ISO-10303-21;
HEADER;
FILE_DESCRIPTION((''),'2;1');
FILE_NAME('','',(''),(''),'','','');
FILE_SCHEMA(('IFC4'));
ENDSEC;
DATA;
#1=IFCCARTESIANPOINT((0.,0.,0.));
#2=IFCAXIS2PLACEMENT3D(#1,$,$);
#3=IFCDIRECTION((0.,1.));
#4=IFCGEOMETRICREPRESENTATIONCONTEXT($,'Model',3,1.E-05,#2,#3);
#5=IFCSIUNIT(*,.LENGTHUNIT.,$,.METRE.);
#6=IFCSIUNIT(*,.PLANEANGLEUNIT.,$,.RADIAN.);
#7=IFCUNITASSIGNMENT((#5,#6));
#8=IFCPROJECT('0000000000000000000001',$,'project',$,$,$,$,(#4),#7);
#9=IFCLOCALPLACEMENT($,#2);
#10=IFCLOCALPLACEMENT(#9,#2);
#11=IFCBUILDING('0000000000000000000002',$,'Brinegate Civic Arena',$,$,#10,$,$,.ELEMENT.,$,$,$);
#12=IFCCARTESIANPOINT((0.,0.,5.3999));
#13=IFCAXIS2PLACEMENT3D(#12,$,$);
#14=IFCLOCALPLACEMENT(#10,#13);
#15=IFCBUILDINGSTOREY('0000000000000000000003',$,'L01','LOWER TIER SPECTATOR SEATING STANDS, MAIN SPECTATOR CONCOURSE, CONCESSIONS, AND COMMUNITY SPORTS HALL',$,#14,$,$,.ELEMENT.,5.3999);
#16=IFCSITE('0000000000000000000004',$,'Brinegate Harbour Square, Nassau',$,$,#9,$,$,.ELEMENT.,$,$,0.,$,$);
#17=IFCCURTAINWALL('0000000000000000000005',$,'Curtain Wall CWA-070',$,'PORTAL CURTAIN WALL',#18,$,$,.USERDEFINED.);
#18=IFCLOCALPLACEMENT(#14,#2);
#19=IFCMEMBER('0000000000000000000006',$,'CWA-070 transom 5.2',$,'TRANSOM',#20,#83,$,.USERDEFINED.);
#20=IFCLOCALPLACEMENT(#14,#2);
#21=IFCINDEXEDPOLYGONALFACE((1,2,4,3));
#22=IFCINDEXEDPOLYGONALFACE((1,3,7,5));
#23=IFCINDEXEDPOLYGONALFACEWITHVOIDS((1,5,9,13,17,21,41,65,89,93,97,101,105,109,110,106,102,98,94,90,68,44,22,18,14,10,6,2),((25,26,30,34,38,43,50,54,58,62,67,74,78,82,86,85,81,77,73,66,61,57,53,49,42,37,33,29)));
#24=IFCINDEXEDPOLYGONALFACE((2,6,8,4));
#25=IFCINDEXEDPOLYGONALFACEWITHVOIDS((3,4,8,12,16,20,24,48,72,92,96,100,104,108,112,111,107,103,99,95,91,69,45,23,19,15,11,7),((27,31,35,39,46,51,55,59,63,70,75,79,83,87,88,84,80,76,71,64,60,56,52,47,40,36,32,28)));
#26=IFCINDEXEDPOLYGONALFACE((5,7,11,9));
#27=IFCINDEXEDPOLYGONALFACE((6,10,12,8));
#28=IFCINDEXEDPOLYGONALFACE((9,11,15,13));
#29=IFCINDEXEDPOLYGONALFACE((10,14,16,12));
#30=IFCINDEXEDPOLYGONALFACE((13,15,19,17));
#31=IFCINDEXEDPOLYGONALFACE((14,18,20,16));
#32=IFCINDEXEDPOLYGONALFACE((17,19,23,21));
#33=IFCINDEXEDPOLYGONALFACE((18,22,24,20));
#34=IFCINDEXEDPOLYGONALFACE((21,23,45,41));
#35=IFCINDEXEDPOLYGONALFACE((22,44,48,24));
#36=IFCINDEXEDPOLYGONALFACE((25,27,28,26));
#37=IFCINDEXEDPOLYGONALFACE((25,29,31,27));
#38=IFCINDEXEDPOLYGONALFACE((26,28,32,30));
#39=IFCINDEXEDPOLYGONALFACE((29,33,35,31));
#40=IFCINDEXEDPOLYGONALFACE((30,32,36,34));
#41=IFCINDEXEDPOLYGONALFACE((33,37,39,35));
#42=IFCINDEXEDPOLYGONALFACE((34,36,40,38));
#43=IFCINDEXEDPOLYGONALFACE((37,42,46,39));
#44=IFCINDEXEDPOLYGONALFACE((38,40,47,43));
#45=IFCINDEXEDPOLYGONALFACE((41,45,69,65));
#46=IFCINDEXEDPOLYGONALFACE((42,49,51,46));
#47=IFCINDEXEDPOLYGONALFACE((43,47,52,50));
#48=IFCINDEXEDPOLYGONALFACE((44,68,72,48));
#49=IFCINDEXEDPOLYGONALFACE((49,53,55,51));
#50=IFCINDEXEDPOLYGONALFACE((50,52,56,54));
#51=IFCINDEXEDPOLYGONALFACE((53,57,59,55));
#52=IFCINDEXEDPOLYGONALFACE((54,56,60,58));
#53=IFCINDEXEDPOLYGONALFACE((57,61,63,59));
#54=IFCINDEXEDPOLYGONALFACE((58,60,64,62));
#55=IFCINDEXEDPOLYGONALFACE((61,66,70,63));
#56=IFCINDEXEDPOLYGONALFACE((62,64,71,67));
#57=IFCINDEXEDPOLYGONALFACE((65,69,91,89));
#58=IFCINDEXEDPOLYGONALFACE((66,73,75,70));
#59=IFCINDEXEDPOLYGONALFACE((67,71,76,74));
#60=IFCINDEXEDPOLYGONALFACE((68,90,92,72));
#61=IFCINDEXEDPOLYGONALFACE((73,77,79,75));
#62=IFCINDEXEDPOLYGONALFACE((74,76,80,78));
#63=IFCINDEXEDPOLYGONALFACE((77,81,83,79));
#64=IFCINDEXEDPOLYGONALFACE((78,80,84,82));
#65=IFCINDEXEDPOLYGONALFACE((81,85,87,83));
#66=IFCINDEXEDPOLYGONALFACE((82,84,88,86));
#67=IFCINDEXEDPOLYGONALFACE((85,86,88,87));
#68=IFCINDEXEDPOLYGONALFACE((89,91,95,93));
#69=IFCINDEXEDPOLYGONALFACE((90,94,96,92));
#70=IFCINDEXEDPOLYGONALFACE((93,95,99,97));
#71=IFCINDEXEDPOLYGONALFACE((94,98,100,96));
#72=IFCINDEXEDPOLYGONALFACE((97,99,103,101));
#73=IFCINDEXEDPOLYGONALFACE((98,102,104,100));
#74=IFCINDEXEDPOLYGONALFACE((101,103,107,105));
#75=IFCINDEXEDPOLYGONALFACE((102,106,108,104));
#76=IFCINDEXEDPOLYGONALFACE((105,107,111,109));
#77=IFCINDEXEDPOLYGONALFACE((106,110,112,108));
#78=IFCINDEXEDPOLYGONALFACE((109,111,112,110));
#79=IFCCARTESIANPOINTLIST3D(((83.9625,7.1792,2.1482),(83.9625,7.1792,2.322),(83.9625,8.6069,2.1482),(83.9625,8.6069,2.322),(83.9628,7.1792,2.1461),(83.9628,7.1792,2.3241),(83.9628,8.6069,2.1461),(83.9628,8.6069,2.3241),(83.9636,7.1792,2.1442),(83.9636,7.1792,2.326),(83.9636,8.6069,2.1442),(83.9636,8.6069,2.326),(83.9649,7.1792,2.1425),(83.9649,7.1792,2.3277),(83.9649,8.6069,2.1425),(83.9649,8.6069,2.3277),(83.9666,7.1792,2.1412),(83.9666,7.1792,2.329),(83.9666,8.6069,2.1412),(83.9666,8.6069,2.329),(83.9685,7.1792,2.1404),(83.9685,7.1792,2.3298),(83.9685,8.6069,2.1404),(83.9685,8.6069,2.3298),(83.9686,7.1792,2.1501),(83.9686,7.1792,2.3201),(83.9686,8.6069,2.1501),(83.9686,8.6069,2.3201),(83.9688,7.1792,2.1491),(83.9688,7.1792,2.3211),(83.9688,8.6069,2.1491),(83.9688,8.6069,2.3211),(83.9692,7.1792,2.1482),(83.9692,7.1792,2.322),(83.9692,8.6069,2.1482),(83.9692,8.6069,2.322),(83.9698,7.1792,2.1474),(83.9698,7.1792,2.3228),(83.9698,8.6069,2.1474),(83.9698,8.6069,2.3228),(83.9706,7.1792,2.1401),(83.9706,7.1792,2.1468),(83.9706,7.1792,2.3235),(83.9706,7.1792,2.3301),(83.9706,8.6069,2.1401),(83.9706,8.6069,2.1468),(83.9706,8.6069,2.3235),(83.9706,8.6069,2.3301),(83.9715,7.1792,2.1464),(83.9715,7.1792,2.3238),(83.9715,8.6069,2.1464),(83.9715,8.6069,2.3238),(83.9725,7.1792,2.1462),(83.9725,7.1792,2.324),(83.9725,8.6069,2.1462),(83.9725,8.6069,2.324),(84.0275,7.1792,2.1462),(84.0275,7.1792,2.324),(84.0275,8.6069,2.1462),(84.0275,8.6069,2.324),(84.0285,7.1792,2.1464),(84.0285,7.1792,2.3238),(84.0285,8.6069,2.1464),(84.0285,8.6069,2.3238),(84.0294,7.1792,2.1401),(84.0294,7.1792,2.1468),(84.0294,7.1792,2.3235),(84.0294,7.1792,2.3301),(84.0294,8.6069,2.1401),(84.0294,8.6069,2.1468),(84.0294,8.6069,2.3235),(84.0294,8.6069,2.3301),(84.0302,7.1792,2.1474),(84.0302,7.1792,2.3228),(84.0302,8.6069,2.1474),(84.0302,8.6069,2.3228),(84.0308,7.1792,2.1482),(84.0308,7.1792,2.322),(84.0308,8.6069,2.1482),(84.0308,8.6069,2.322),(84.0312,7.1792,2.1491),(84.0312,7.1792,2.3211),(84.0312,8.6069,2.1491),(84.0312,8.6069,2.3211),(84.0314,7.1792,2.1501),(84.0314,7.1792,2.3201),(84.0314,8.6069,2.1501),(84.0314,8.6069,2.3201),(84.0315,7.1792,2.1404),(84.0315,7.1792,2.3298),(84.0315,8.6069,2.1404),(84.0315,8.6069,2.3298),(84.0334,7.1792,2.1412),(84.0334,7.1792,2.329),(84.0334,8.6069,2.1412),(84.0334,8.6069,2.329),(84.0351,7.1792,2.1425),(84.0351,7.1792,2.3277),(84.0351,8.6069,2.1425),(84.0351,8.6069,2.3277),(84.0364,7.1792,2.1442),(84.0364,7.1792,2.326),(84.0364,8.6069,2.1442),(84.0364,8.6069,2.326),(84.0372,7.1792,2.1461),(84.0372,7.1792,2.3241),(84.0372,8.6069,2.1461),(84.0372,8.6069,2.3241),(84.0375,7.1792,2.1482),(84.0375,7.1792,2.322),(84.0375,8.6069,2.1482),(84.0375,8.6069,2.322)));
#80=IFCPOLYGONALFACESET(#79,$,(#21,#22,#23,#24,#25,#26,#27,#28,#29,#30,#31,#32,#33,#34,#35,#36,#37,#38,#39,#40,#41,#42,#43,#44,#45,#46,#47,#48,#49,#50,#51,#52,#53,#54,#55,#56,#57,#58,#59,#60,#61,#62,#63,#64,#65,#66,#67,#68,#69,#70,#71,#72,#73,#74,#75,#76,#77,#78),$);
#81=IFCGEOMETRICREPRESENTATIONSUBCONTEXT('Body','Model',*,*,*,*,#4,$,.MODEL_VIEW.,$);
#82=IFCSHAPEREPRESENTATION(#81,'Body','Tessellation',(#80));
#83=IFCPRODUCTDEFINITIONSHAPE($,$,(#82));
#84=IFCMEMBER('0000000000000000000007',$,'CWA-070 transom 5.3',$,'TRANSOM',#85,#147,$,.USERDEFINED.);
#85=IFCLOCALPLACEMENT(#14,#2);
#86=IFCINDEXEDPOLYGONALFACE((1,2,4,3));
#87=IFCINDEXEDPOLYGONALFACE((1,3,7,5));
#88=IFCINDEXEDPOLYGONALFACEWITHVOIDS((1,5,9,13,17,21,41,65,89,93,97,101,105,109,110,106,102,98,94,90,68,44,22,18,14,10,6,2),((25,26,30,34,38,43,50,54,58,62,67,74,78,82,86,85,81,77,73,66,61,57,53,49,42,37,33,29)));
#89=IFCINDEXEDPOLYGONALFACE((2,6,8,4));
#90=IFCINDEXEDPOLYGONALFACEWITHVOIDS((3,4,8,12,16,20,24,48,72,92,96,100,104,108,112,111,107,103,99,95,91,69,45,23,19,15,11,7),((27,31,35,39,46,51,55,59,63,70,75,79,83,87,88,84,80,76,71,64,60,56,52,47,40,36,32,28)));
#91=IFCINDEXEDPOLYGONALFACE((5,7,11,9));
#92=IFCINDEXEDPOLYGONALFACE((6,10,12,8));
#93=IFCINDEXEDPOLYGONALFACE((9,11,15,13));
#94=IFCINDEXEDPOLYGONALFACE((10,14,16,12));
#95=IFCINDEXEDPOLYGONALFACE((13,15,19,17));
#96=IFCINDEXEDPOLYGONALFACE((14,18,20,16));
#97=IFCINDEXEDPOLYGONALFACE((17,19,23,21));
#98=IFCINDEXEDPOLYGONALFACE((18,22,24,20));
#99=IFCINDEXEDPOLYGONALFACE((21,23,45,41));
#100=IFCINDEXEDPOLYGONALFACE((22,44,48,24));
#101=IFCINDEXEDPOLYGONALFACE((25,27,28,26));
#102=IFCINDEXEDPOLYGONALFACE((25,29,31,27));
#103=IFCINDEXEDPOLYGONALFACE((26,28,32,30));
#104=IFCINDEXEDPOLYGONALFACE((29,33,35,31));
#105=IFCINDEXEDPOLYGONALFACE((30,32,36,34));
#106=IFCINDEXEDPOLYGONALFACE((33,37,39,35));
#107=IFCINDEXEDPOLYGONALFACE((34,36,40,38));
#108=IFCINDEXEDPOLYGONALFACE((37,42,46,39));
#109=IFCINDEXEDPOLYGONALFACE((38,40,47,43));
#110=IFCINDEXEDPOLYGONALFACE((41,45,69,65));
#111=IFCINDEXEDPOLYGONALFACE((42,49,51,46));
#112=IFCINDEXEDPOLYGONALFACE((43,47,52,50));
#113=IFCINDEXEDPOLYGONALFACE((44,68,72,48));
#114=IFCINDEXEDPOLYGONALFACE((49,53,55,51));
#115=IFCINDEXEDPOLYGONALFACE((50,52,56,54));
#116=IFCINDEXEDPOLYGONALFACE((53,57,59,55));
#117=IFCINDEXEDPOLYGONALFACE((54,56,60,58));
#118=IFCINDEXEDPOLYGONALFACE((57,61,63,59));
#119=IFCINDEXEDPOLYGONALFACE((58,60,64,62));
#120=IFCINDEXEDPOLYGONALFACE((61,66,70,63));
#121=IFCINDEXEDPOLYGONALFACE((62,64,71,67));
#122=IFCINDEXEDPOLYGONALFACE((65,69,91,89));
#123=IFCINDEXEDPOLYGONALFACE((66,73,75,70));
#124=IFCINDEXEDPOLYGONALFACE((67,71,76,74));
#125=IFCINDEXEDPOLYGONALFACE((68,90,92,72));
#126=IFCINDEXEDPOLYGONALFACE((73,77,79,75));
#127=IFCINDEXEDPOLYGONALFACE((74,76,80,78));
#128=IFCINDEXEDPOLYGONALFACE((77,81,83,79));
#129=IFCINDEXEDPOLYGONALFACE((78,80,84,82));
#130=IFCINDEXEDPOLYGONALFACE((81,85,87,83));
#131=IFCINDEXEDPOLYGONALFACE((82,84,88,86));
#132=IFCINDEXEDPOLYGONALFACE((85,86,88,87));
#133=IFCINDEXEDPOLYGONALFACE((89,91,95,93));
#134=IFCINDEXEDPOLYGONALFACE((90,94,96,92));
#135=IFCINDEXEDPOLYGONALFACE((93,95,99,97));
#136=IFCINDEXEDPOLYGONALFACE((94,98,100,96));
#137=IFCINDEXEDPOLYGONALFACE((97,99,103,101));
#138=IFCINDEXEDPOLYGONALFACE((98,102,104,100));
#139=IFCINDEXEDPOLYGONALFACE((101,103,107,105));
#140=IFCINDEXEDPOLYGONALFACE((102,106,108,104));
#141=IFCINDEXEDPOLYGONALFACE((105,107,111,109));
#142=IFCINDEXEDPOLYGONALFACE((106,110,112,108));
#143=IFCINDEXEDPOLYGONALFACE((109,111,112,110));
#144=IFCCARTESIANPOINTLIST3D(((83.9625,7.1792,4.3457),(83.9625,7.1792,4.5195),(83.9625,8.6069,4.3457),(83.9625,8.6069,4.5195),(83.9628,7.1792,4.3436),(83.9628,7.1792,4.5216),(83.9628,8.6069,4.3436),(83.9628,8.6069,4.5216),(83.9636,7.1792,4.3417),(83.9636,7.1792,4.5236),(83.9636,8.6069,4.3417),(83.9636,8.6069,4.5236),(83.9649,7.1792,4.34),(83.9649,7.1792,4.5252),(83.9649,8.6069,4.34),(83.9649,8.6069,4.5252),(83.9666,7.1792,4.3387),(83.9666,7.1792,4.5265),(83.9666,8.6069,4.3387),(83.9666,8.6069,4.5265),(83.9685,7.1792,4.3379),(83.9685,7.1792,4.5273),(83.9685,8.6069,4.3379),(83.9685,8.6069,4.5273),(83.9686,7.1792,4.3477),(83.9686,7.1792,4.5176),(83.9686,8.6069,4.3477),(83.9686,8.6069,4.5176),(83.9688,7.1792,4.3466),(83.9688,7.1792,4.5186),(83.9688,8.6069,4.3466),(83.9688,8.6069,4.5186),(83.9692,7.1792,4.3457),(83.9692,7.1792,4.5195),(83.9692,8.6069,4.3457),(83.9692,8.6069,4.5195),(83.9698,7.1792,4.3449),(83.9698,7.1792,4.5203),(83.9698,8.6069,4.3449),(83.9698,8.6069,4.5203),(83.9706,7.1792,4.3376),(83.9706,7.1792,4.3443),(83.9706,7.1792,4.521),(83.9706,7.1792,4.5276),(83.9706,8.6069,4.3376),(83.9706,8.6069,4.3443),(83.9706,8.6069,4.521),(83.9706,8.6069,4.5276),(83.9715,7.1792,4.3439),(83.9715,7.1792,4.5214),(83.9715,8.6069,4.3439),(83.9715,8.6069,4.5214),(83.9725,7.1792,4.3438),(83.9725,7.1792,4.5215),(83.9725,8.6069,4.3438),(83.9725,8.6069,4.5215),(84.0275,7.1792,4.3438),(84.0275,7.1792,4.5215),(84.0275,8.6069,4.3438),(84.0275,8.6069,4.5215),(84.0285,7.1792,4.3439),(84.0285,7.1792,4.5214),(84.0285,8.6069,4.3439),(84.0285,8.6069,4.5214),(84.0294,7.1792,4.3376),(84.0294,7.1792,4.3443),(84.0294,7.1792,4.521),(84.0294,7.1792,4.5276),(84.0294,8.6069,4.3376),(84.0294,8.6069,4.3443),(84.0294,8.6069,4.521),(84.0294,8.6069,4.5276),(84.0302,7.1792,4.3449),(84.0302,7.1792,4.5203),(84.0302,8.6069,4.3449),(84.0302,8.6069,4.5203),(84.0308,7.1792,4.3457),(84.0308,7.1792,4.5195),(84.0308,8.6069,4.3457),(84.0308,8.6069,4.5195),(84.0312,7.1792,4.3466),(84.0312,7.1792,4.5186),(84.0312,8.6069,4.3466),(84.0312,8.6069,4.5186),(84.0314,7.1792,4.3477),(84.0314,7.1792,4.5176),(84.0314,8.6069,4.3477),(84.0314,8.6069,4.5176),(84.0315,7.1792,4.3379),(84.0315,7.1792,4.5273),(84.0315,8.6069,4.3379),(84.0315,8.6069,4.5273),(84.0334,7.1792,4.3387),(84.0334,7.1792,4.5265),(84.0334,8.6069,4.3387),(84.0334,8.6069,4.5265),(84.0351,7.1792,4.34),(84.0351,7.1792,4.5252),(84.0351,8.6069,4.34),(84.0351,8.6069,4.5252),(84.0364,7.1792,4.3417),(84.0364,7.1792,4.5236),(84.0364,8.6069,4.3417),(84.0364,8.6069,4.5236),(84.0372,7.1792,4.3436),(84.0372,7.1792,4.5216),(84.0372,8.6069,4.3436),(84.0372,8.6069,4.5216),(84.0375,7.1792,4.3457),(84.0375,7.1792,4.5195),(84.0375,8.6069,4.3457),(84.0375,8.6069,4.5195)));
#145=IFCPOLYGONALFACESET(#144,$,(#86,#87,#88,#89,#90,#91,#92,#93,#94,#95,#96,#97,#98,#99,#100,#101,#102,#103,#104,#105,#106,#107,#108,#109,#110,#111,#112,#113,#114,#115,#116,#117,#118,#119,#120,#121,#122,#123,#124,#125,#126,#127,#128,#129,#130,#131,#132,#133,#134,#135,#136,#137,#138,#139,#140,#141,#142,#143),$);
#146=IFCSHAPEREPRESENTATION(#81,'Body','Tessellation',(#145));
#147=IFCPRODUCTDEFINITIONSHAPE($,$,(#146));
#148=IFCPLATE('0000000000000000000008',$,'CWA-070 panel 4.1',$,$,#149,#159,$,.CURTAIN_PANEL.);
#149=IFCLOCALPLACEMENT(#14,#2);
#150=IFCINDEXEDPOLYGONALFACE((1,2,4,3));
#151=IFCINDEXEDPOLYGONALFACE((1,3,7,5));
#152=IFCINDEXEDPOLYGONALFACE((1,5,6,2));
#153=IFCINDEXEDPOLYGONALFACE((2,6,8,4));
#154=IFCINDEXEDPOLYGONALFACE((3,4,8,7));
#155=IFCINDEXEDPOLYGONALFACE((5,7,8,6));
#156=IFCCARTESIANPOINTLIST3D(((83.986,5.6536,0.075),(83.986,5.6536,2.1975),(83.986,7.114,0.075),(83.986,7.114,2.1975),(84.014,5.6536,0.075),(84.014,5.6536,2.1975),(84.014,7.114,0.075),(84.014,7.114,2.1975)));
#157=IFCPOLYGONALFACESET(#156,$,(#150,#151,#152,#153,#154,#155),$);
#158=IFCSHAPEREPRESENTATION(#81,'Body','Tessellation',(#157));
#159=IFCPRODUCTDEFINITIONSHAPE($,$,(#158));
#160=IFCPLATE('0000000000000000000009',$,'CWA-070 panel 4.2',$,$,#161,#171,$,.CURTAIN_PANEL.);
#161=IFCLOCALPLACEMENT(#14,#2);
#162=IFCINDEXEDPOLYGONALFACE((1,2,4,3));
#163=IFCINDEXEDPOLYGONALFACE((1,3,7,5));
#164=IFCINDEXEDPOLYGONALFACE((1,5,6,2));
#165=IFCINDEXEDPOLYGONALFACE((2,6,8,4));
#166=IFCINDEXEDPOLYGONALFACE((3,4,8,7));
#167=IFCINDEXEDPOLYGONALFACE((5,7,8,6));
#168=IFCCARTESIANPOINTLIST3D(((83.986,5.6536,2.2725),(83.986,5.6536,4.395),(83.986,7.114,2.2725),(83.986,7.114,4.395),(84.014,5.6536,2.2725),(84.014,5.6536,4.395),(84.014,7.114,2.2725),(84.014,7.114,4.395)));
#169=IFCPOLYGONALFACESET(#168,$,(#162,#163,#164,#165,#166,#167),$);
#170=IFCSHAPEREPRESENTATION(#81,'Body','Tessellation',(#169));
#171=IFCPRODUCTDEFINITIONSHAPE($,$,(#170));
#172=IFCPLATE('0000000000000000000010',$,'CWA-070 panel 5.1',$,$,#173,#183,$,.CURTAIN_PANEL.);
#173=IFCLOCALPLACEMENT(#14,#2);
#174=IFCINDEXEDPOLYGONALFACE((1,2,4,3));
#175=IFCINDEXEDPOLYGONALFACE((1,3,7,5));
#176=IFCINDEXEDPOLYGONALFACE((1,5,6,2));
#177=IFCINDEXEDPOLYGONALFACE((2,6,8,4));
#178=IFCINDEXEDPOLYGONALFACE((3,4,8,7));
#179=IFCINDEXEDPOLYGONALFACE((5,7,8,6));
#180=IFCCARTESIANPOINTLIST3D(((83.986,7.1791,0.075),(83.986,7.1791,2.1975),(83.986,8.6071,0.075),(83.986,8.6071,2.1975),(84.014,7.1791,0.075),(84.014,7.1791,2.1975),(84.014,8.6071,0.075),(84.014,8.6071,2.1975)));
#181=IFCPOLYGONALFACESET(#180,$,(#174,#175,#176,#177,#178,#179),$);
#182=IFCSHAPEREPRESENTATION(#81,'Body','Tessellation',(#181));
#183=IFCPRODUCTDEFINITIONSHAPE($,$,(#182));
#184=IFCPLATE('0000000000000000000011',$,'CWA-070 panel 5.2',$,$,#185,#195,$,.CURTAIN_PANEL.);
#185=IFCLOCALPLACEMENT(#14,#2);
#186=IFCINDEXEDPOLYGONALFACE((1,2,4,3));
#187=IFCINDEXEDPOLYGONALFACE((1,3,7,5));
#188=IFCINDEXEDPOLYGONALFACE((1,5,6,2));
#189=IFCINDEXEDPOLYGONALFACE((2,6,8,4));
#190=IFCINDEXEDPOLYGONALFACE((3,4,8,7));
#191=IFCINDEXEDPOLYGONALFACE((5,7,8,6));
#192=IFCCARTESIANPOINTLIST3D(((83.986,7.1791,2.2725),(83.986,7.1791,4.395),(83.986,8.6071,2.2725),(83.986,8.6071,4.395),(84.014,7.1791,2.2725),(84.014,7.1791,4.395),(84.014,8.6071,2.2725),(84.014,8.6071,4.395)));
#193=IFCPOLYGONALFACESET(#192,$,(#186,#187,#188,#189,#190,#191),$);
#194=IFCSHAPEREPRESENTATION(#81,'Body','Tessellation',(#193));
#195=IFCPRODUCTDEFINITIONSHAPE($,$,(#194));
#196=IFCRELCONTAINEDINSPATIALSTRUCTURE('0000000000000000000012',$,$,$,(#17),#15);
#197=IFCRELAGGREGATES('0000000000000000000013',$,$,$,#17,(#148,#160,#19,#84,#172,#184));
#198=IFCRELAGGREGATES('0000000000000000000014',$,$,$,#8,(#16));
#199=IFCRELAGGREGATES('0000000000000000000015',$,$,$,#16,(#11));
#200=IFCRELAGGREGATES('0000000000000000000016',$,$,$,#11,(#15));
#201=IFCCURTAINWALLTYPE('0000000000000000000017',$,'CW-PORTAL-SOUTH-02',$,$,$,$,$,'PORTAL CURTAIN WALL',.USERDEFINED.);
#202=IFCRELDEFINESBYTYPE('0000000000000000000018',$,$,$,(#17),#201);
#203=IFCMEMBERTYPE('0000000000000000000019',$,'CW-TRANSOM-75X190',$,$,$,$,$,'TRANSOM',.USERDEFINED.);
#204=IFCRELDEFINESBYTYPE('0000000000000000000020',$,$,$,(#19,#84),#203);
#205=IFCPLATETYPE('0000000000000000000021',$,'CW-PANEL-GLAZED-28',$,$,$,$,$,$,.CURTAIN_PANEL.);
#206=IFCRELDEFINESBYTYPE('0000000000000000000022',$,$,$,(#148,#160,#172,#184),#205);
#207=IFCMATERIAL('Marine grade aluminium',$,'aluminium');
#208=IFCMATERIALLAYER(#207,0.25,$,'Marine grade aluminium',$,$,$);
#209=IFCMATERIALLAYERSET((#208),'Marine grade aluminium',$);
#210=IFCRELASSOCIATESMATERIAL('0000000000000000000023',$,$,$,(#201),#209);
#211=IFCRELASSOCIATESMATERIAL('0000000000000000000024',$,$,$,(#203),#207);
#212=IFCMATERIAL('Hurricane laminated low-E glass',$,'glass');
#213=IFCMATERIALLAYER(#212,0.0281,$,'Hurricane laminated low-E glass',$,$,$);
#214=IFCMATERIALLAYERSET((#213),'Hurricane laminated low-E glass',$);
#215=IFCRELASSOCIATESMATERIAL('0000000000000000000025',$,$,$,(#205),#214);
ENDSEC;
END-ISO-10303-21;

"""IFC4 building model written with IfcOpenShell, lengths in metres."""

from ifc_helpers import new_model, si_unit, direction, frame, origin, origin_2d, place, context, subcontext, project, spatial, rectangle, hollow_rectangle, extrude, material, layer, layer_set, material_profile, profile_set, type_object, element, aggregate, save


model = new_model("IFC4")

# Units and contexts
model_context = context("Model", 3, precision=1e-05, world=origin(), true_north=direction((0.0, 1.0)))
body_context = subcontext(model_context, "Body", "Model", "MODEL_VIEW")
ifc_project = project(units=[si_unit("LENGTHUNIT", "METRE"), si_unit("PLANEANGLEUNIT", "RADIAN")], contexts=[model_context])

# Site, building, storey
site_placement = place(None, origin())
site = spatial("IfcSite", under=ifc_project, at=site_placement, Name="Brinegate Harbour Square, Nassau", CompositionType="ELEMENT", RefElevation=0.0)
building_placement = place(site_placement, origin())
building = spatial("IfcBuilding", under=site, at=building_placement, Name="Brinegate Civic Arena", CompositionType="ELEMENT")
storey_placement = place(building_placement, frame((0.0, 0.0, 5.3999)))
storey = spatial("IfcBuildingStorey", under=building, at=storey_placement, Name="L01", Description="LOWER TIER SPECTATOR SEATING STANDS, MAIN SPECTATOR CONCOURSE, CONCESSIONS, AND COMMUNITY SPORTS HALL", CompositionType="ELEMENT", Elevation=5.3999)

# Curtain wall
ifc_material_1 = material(Name="Marine grade aluminium", Category="aluminium")
ifc_layer_1 = layer(ifc_material_1, 0.25, Name="Marine grade aluminium")
ifc_layer_set_1 = layer_set([ifc_layer_1], Name="Marine grade aluminium")
curtain_wall_type = type_object("IfcCurtainWallType", Name="CW-PORTAL-SOUTH-02", ElementType="PORTAL CURTAIN WALL", PredefinedType="USERDEFINED", material=ifc_layer_set_1)
curtain_wall_1_placement = place(storey_placement, origin())
curtain_wall_1 = element("IfcCurtainWall", 1, at=curtain_wall_1_placement, inside=storey, type_object=curtain_wall_type, Name="Curtain Wall CWA-070", ObjectType="PORTAL CURTAIN WALL", PredefinedType="USERDEFINED")
ifc_material_profile_1 = material_profile(ifc_material_1, hollow_rectangle(XDim=0.075, YDim=0.1899, WallThickness=0.0061, InnerFilletRadius=0.0039, OuterFilletRadius=0.0081, at=origin_2d()), Name="TRN75X190")
ifc_profile_set_1 = profile_set([ifc_material_profile_1], Name="Marine grade aluminium")
member_type_1 = type_object("IfcMemberType", Name="CW-TRANSOM-75X190", ElementType="TRANSOM", PredefinedType="USERDEFINED", material=ifc_profile_set_1)

# Members
member_1_placement = place(storey_placement, frame((84.0, 7.1792, 2.2351), z_axis=(0.0, 1.0, 0.0), x_axis=(-1.0, 0.0, 0.0)))
member_1 = element("IfcMember", 2, at=member_1_placement, type_object=member_type_1, Name="CWA-070 transom 5.2", ObjectType="TRANSOM", PredefinedType="USERDEFINED", context=body_context, shape_type="SweptSolid", body=[
    extrude(hollow_rectangle(XDim=0.075, YDim=0.1899, WallThickness=0.0061, InnerFilletRadius=0.0039, OuterFilletRadius=0.0081, at=origin_2d()), origin(), (0.0, 0.0, 1.0), 1.4277),
])
member_2_placement = place(storey_placement, frame((84.0, 7.1792, 4.4326), z_axis=(0.0, 1.0, 0.0), x_axis=(-1.0, 0.0, 0.0)))
member_2 = element("IfcMember", 3, at=member_2_placement, type_object=member_type_1, Name="CWA-070 transom 5.3", ObjectType="TRANSOM", PredefinedType="USERDEFINED", context=body_context, shape_type="SweptSolid", body=[
    extrude(hollow_rectangle(XDim=0.075, YDim=0.1899, WallThickness=0.0061, InnerFilletRadius=0.0039, OuterFilletRadius=0.0081, at=origin_2d()), origin(), (0.0, 0.0, 1.0), 1.4277),
])

# Plates
ifc_material_2 = material(Name="Hurricane laminated low-E glass", Category="glass")
ifc_layer_2 = layer(ifc_material_2, 0.0281, Name="Hurricane laminated low-E glass")
ifc_layer_set_2 = layer_set([ifc_layer_2], Name="Hurricane laminated low-E glass")
plate_type_1 = type_object("IfcPlateType", Name="CW-PANEL-GLAZED-28", PredefinedType="CURTAIN_PANEL", material=ifc_layer_set_2)
plate_1_placement = place(storey_placement, frame((84.0, 6.3838, 0.075), z_axis=(0.0, 0.0, 1.0), x_axis=(0.0, 1.0, 0.0)))
plate_1 = element("IfcPlate", 4, at=plate_1_placement, type_object=plate_type_1, Name="CWA-070 panel 4.1", PredefinedType="CURTAIN_PANEL", context=body_context, shape_type="SweptSolid", body=[
    extrude(rectangle(XDim=1.4604, YDim=0.0281, at=origin_2d()), origin(), (0.0, 0.0, 1.0), 2.1226),
])
plate_2_placement = place(storey_placement, frame((84.0, 6.3838, 2.2725), z_axis=(0.0, 0.0, 1.0), x_axis=(0.0, 1.0, 0.0)))
plate_2 = element("IfcPlate", 5, at=plate_2_placement, type_object=plate_type_1, Name="CWA-070 panel 4.2", PredefinedType="CURTAIN_PANEL", context=body_context, shape_type="SweptSolid", body=[
    extrude(rectangle(XDim=1.4604, YDim=0.0281, at=origin_2d()), origin(), (0.0, 0.0, 1.0), 2.1226),
])
plate_3_placement = place(storey_placement, frame((84.0, 7.8931, 0.075), z_axis=(0.0, 0.0, 1.0), x_axis=(0.0, 1.0, 0.0)))
plate_3 = element("IfcPlate", 6, at=plate_3_placement, type_object=plate_type_1, Name="CWA-070 panel 5.1", PredefinedType="CURTAIN_PANEL", context=body_context, shape_type="SweptSolid", body=[
    extrude(rectangle(XDim=1.428, YDim=0.0281, at=origin_2d()), origin(), (0.0, 0.0, 1.0), 2.1226),
])
plate_4_placement = place(storey_placement, frame((84.0, 7.8931, 2.2725), z_axis=(0.0, 0.0, 1.0), x_axis=(0.0, 1.0, 0.0)))
plate_4 = element("IfcPlate", 7, at=plate_4_placement, type_object=plate_type_1, Name="CWA-070 panel 5.2", PredefinedType="CURTAIN_PANEL", context=body_context, shape_type="SweptSolid", body=[
    extrude(rectangle(XDim=1.428, YDim=0.0281, at=origin_2d()), origin(), (0.0, 0.0, 1.0), 2.1226),
])
aggregate(curtain_wall_1, [plate_1, plate_2, member_1, member_2, plate_3, plate_4])

save(model, "model.ifc")
